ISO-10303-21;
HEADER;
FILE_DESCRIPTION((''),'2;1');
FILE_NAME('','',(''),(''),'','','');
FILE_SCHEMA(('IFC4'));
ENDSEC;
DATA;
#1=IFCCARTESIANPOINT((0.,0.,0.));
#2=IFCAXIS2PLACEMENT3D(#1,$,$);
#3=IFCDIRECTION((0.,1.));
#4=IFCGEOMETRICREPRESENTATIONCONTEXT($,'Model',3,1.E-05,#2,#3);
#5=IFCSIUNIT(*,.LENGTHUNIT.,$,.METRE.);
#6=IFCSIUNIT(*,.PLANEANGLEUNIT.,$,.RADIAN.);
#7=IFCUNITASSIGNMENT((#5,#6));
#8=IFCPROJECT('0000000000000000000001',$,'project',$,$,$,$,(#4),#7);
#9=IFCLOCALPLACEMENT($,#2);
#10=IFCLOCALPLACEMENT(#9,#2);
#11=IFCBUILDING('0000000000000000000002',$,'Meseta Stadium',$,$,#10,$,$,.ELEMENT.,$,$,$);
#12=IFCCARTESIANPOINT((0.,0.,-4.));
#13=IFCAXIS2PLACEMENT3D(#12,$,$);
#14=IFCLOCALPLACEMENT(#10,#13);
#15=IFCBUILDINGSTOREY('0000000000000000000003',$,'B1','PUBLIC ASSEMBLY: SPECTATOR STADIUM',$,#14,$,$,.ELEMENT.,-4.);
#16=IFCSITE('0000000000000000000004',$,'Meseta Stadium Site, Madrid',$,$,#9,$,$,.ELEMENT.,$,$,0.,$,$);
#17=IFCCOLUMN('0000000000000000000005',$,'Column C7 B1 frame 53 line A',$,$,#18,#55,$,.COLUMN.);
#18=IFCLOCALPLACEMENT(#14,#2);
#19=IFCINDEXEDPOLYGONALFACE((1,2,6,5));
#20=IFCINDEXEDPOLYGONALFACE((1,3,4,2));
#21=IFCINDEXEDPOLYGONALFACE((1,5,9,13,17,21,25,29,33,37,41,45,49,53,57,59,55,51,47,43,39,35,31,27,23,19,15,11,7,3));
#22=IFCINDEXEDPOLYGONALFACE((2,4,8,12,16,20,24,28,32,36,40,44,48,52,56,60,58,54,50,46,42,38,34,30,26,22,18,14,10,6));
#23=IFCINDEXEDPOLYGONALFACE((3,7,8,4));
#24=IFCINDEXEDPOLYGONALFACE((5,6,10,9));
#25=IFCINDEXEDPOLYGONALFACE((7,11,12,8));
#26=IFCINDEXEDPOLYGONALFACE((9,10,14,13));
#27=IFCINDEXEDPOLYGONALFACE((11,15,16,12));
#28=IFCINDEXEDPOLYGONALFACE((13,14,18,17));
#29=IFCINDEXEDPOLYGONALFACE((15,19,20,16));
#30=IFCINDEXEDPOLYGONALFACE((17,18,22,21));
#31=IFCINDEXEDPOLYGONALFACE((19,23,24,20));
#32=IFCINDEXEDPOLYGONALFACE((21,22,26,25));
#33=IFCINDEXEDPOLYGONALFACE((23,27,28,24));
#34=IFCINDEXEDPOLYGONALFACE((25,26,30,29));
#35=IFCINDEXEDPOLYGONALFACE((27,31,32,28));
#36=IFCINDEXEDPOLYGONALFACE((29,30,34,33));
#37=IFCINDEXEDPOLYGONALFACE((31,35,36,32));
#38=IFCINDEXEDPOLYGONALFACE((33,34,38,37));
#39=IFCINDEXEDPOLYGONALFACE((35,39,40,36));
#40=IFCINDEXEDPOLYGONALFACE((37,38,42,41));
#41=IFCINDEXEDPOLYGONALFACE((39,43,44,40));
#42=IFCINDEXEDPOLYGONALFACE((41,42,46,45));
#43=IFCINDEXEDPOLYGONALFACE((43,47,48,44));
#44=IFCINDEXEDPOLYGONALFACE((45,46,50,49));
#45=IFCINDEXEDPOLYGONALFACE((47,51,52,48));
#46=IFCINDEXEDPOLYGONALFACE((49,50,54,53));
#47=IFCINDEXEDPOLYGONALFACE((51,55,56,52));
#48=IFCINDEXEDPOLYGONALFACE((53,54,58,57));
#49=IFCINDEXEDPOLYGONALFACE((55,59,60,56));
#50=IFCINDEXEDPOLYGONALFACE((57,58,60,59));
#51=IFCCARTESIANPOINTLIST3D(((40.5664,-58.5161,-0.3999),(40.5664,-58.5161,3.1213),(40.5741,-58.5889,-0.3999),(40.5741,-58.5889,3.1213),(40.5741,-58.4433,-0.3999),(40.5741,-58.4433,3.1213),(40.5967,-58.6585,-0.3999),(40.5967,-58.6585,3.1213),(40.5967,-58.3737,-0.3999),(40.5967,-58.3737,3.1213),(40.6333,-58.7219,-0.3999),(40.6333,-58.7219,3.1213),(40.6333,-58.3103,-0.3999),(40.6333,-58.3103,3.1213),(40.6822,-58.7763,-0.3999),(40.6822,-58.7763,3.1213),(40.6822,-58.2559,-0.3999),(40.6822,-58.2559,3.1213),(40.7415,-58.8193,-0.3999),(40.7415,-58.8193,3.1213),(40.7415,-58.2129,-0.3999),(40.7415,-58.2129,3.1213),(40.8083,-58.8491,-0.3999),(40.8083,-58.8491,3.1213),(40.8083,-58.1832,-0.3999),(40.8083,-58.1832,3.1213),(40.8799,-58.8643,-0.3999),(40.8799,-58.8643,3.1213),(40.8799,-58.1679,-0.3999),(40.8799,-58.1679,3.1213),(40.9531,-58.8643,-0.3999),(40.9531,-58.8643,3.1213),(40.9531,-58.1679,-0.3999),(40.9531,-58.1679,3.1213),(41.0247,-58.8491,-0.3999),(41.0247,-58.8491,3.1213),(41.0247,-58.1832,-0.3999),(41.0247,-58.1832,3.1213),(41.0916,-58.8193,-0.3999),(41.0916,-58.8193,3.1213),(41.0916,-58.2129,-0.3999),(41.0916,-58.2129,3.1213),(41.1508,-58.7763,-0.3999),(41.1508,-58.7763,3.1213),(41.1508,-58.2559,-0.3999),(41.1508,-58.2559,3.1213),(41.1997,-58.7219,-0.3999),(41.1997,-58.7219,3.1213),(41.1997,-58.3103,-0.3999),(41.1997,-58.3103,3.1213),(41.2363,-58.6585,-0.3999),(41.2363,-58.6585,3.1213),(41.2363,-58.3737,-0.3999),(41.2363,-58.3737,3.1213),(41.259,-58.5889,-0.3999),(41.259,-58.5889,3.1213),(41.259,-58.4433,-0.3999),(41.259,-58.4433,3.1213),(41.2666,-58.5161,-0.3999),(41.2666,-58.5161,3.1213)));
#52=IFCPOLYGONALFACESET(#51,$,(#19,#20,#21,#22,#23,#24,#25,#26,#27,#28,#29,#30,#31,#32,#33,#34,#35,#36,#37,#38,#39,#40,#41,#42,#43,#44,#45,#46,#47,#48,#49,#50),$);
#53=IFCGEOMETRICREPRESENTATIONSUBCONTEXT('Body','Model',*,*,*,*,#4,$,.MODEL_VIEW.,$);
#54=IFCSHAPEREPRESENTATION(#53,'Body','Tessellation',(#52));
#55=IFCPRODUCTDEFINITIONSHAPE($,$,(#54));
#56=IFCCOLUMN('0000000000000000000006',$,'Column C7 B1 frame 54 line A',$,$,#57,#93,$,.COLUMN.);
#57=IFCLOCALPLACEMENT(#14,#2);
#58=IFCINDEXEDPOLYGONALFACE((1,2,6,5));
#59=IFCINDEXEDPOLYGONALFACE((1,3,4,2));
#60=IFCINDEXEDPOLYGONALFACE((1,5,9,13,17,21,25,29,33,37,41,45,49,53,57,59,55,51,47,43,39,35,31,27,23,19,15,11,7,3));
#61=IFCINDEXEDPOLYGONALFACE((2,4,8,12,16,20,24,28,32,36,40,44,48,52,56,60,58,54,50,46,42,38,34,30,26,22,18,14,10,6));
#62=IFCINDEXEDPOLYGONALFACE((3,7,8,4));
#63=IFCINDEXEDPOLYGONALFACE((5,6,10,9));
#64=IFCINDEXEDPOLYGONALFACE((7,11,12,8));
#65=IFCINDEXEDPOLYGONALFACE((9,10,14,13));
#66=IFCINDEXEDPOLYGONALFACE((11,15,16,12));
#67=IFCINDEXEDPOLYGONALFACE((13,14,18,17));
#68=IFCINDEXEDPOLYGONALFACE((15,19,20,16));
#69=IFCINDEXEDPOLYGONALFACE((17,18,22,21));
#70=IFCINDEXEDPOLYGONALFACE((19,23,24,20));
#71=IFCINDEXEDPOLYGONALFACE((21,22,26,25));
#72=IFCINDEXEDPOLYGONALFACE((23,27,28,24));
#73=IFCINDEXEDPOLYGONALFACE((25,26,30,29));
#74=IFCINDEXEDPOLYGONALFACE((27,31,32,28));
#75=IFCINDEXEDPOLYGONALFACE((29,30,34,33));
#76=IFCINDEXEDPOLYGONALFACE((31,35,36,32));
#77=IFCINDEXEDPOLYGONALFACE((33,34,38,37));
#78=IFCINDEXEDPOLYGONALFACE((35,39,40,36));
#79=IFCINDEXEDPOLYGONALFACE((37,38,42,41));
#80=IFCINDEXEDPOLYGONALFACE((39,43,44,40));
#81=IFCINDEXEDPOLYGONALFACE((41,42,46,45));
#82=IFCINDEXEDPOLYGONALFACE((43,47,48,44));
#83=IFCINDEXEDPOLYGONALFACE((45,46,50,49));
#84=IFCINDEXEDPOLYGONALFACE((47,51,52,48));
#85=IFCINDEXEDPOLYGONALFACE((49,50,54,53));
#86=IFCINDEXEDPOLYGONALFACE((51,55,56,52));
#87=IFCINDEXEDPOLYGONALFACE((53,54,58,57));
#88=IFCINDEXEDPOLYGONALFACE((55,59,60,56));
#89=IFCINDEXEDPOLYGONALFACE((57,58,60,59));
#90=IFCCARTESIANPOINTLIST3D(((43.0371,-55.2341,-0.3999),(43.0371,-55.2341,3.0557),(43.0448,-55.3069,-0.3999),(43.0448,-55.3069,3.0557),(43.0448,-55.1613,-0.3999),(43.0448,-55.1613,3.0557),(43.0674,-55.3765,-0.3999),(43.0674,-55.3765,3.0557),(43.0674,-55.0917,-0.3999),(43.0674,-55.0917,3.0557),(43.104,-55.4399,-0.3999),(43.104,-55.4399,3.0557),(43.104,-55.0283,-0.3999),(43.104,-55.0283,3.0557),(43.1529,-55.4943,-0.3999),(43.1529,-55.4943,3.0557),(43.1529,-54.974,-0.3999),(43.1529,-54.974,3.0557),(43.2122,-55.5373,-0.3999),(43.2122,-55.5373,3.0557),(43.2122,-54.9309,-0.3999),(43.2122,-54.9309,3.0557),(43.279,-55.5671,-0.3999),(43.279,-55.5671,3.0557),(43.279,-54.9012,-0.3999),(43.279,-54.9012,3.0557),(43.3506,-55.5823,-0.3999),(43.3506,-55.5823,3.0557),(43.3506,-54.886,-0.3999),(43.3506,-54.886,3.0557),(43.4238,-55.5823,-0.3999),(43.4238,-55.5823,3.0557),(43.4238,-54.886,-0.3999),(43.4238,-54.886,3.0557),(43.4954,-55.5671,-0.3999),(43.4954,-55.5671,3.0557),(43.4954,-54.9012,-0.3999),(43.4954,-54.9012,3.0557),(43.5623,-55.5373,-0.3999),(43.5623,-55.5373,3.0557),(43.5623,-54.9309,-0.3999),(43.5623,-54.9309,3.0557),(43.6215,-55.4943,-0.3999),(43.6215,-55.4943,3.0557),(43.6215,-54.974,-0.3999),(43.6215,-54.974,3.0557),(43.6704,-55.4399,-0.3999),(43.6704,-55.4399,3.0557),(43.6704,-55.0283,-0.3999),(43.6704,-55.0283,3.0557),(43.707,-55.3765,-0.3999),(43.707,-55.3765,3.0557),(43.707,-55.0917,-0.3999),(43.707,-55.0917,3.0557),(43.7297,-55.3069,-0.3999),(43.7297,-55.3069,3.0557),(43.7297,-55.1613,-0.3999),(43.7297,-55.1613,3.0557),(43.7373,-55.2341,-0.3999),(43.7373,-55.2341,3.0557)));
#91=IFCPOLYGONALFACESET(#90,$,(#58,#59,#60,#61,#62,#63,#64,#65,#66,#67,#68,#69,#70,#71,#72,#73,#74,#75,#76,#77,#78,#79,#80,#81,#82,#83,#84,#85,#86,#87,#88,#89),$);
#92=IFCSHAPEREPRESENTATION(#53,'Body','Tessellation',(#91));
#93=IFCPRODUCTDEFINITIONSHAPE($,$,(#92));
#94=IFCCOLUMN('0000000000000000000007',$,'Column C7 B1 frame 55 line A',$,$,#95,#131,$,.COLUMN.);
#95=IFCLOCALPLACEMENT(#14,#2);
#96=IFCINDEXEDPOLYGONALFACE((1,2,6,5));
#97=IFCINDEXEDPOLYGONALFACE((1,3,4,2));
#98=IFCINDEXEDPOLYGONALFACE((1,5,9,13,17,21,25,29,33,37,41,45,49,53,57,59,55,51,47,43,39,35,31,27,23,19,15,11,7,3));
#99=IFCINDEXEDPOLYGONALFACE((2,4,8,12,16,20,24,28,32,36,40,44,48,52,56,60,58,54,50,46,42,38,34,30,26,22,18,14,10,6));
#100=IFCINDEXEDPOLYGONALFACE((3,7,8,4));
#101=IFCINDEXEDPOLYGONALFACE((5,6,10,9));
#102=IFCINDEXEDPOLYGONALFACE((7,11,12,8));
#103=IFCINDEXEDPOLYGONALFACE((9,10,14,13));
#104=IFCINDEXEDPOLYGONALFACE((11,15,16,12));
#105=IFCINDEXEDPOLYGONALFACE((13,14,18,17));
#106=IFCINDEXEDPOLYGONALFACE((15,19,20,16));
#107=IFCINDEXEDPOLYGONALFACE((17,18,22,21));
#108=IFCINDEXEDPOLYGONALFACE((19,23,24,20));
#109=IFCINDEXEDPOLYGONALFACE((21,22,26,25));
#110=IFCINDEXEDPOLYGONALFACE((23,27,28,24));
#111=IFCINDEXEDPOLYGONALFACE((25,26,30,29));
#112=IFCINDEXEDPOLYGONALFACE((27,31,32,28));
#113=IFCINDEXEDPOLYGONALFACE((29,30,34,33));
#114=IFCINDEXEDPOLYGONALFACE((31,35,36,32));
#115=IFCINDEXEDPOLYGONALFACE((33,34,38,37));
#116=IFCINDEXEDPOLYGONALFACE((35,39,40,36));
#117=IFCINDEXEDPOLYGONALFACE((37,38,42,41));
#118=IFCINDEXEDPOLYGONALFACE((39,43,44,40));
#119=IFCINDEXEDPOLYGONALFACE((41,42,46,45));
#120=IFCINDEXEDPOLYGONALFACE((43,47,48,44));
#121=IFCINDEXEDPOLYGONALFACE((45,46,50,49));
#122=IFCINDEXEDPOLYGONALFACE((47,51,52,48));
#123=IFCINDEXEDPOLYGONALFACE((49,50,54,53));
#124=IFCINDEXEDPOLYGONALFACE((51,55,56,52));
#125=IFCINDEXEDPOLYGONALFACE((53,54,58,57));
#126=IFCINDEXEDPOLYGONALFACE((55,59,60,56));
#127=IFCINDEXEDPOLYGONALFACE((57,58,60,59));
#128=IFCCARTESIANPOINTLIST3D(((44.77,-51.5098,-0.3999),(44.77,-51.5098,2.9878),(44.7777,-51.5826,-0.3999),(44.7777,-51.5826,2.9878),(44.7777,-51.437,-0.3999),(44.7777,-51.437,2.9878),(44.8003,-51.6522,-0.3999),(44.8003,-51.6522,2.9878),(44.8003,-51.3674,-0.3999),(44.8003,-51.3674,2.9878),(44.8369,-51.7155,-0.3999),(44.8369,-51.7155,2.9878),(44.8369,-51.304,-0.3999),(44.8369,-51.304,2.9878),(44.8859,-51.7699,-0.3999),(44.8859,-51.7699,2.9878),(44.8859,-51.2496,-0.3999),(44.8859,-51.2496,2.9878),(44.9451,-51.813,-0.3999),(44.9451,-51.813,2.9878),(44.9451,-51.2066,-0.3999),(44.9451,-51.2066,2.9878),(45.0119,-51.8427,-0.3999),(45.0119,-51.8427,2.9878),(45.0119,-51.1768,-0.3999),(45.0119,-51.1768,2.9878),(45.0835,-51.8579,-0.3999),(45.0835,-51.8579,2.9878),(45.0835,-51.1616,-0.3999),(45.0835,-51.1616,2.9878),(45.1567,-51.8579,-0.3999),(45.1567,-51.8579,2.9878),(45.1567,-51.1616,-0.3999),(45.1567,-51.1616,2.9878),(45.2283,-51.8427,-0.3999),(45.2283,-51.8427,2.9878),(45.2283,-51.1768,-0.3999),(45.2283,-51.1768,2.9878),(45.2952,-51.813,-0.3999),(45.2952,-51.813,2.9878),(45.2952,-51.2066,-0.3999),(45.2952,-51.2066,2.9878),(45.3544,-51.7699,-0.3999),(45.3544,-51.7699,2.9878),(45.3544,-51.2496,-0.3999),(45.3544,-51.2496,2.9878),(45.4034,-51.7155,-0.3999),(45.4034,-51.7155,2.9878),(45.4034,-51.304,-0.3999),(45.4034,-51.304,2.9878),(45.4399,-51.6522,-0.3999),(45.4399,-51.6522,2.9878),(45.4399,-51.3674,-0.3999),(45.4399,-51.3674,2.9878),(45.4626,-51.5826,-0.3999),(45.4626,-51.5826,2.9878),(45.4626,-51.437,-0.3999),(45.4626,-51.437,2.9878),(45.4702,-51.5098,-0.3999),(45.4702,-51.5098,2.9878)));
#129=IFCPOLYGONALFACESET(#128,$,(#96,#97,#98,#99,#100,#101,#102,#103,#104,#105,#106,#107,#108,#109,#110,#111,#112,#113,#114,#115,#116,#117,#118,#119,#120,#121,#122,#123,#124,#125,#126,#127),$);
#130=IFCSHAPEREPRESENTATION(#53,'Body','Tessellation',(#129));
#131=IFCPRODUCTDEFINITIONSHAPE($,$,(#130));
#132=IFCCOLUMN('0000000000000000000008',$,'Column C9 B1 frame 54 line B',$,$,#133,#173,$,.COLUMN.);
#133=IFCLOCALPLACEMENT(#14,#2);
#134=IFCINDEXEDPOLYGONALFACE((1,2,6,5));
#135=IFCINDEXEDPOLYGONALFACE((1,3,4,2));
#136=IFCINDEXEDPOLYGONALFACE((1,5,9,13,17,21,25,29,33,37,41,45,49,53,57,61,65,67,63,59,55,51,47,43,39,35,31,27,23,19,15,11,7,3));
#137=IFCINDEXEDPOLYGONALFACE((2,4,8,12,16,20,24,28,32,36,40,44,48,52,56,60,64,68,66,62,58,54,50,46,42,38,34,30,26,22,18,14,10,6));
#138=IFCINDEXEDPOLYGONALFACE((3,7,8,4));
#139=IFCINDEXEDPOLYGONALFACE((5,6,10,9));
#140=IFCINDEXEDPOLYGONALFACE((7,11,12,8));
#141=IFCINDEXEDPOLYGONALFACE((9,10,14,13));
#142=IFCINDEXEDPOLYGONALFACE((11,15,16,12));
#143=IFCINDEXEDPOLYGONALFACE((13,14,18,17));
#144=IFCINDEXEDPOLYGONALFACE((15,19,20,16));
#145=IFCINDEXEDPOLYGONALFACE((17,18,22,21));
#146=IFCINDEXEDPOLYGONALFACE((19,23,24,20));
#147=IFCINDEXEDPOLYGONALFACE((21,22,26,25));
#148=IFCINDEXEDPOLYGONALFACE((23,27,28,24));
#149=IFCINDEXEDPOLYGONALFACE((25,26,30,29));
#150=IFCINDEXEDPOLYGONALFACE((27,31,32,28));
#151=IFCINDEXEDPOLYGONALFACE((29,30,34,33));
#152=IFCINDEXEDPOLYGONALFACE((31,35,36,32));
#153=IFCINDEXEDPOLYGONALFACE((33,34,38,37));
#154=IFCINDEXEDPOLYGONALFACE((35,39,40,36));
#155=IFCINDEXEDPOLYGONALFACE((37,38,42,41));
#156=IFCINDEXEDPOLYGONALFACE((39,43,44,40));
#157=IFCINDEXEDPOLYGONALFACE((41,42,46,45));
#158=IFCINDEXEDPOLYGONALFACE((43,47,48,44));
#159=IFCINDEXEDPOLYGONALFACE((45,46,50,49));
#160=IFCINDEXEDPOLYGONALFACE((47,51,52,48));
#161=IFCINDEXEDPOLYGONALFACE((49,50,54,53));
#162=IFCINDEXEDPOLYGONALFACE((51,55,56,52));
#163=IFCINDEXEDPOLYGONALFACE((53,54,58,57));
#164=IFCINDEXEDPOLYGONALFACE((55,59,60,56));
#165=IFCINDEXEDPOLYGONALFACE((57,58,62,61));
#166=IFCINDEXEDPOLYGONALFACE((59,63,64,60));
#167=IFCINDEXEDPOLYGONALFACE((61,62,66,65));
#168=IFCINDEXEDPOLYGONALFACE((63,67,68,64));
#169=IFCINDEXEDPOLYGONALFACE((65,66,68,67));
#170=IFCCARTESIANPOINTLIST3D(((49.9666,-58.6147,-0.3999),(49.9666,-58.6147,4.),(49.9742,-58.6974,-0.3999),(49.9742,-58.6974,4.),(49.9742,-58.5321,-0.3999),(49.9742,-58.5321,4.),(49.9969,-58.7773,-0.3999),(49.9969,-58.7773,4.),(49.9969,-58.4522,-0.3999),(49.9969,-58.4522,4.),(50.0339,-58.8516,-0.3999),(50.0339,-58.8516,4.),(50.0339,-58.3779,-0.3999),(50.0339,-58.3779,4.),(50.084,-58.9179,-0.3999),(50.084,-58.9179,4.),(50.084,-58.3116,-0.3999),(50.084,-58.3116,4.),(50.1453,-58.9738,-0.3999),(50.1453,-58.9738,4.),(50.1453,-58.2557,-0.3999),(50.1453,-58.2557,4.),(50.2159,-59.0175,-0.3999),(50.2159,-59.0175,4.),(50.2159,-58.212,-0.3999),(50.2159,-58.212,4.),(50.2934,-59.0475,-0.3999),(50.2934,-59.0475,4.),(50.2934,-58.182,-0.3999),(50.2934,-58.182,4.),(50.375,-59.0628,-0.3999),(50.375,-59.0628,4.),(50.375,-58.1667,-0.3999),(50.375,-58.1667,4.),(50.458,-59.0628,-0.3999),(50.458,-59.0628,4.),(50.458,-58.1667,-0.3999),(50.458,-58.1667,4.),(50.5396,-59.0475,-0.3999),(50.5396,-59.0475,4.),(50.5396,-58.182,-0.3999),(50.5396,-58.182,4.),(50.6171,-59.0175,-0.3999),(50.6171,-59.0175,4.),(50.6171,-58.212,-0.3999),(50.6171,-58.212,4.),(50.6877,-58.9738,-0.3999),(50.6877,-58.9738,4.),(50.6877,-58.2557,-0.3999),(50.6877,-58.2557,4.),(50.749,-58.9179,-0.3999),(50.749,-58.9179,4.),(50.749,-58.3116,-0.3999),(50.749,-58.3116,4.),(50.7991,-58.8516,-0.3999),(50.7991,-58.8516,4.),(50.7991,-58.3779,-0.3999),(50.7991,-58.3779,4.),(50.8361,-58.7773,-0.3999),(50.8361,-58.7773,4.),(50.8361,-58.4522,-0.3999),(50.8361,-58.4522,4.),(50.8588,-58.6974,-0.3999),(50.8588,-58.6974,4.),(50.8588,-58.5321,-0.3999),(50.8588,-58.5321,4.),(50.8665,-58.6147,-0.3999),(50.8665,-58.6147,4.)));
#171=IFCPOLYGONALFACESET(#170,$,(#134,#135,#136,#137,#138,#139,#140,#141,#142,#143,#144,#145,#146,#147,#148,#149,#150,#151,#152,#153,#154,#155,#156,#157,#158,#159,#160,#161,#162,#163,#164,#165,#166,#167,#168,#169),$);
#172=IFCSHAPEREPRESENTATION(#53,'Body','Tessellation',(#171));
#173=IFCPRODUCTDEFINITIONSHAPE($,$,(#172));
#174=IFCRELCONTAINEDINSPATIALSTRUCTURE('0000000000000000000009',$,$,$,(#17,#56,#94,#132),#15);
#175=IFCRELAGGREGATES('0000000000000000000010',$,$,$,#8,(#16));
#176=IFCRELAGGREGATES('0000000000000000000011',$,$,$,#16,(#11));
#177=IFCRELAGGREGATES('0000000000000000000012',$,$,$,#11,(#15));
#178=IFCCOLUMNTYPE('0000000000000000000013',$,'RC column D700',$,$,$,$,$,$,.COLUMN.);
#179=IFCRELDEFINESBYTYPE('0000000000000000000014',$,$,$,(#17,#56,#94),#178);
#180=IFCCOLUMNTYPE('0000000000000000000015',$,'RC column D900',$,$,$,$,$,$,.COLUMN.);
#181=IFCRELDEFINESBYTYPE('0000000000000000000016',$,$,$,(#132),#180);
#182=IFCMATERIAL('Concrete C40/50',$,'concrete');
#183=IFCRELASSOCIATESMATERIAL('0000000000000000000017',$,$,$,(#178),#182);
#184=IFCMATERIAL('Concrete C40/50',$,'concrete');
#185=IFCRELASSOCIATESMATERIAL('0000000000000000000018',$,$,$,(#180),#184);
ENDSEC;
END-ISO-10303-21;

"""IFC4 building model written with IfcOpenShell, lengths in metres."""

from ifc_helpers import new_model, si_unit, direction, frame, origin, origin_2d, place, context, subcontext, project, spatial, circle, extrude, material, material_profile, profile_set, type_object, element, save


model = new_model("IFC4")

# Units and contexts
model_context = context("Model", 3, precision=1e-05, world=origin(), true_north=direction((0.0, 1.0)))
body_context = subcontext(model_context, "Body", "Model", "MODEL_VIEW")
ifc_project = project(units=[si_unit("LENGTHUNIT", "METRE"), si_unit("PLANEANGLEUNIT", "RADIAN")], contexts=[model_context])

# Site, building, storey
site_placement = place(None, origin())
site = spatial("IfcSite", under=ifc_project, at=site_placement, Name="Meseta Stadium Site, Madrid", CompositionType="ELEMENT", RefElevation=0.0)
building_placement = place(site_placement, origin())
building = spatial("IfcBuilding", under=site, at=building_placement, Name="Meseta Stadium", CompositionType="ELEMENT")
storey_placement = place(building_placement, frame((0.0, 0.0, -4.0)))
storey = spatial("IfcBuildingStorey", under=building, at=storey_placement, Name="B1", Description="PUBLIC ASSEMBLY: SPECTATOR STADIUM", CompositionType="ELEMENT", Elevation=-4.0)

# Columns
ifc_material_1 = material(Name="Concrete C40/50", Category="concrete")
ifc_material_profile_1 = material_profile(ifc_material_1, circle(Radius=0.3501, at=origin_2d()), Name="RC D700")
ifc_profile_set_1 = profile_set([ifc_material_profile_1], Name="Concrete C40/50")
column_type_1 = type_object("IfcColumnType", Name="RC column D700", PredefinedType="COLUMN", material=ifc_profile_set_1)
column_1_placement = place(storey_placement, frame((40.9165, -58.5161, -0.3999), z_axis=(0.0, 0.0, 1.0), x_axis=(1.0, 0.0, 0.0)))
element("IfcColumn", 1, at=column_1_placement, inside=storey, type_object=column_type_1, Name="Column C7 B1 frame 53 line A", PredefinedType="COLUMN", context=body_context, shape_type="SweptSolid", body=[
    extrude(circle(Radius=0.3501, at=origin_2d()), origin(), (0.0, 0.0, 1.0), 3.5212),
])
column_2_placement = place(storey_placement, frame((43.3872, -55.2341, -0.3999), z_axis=(0.0, 0.0, 1.0), x_axis=(1.0, 0.0, 0.0)))
element("IfcColumn", 2, at=column_2_placement, inside=storey, type_object=column_type_1, Name="Column C7 B1 frame 54 line A", PredefinedType="COLUMN", context=body_context, shape_type="SweptSolid", body=[
    extrude(circle(Radius=0.3501, at=origin_2d()), origin(), (0.0, 0.0, 1.0), 3.4556),
])
column_3_placement = place(storey_placement, frame((45.1201, -51.5098, -0.3999), z_axis=(0.0, 0.0, 1.0), x_axis=(1.0, 0.0, 0.0)))
element("IfcColumn", 3, at=column_3_placement, inside=storey, type_object=column_type_1, Name="Column C7 B1 frame 55 line A", PredefinedType="COLUMN", context=body_context, shape_type="SweptSolid", body=[
    extrude(circle(Radius=0.3501, at=origin_2d()), origin(), (0.0, 0.0, 1.0), 3.3877),
])
ifc_material_2 = material(Name="Concrete C40/50", Category="concrete")
ifc_material_profile_2 = material_profile(ifc_material_2, circle(Radius=0.45, at=origin_2d()), Name="RC D900")
ifc_profile_set_2 = profile_set([ifc_material_profile_2], Name="Concrete C40/50")
column_type_2 = type_object("IfcColumnType", Name="RC column D900", PredefinedType="COLUMN", material=ifc_profile_set_2)
for number, where, z_axis, x_axis, name in (
    (4, (50.4165, -58.6147, -0.3999), (0.0, 0.0, 1.0), (1.0, 0.0, 0.0), "Column C9 B1 frame 54 line B"),
):
    element("IfcColumn", number, at=place(storey_placement, frame(where, z_axis=z_axis, x_axis=x_axis)), inside=storey, type_object=column_type_2, Name=name, PredefinedType="COLUMN", context=body_context, shape_type="SweptSolid", body=[
        extrude(circle(Radius=0.45, at=origin_2d()), origin(), (0.0, 0.0, 1.0), 4.3999),
    ])

save(model, "model.ifc")
